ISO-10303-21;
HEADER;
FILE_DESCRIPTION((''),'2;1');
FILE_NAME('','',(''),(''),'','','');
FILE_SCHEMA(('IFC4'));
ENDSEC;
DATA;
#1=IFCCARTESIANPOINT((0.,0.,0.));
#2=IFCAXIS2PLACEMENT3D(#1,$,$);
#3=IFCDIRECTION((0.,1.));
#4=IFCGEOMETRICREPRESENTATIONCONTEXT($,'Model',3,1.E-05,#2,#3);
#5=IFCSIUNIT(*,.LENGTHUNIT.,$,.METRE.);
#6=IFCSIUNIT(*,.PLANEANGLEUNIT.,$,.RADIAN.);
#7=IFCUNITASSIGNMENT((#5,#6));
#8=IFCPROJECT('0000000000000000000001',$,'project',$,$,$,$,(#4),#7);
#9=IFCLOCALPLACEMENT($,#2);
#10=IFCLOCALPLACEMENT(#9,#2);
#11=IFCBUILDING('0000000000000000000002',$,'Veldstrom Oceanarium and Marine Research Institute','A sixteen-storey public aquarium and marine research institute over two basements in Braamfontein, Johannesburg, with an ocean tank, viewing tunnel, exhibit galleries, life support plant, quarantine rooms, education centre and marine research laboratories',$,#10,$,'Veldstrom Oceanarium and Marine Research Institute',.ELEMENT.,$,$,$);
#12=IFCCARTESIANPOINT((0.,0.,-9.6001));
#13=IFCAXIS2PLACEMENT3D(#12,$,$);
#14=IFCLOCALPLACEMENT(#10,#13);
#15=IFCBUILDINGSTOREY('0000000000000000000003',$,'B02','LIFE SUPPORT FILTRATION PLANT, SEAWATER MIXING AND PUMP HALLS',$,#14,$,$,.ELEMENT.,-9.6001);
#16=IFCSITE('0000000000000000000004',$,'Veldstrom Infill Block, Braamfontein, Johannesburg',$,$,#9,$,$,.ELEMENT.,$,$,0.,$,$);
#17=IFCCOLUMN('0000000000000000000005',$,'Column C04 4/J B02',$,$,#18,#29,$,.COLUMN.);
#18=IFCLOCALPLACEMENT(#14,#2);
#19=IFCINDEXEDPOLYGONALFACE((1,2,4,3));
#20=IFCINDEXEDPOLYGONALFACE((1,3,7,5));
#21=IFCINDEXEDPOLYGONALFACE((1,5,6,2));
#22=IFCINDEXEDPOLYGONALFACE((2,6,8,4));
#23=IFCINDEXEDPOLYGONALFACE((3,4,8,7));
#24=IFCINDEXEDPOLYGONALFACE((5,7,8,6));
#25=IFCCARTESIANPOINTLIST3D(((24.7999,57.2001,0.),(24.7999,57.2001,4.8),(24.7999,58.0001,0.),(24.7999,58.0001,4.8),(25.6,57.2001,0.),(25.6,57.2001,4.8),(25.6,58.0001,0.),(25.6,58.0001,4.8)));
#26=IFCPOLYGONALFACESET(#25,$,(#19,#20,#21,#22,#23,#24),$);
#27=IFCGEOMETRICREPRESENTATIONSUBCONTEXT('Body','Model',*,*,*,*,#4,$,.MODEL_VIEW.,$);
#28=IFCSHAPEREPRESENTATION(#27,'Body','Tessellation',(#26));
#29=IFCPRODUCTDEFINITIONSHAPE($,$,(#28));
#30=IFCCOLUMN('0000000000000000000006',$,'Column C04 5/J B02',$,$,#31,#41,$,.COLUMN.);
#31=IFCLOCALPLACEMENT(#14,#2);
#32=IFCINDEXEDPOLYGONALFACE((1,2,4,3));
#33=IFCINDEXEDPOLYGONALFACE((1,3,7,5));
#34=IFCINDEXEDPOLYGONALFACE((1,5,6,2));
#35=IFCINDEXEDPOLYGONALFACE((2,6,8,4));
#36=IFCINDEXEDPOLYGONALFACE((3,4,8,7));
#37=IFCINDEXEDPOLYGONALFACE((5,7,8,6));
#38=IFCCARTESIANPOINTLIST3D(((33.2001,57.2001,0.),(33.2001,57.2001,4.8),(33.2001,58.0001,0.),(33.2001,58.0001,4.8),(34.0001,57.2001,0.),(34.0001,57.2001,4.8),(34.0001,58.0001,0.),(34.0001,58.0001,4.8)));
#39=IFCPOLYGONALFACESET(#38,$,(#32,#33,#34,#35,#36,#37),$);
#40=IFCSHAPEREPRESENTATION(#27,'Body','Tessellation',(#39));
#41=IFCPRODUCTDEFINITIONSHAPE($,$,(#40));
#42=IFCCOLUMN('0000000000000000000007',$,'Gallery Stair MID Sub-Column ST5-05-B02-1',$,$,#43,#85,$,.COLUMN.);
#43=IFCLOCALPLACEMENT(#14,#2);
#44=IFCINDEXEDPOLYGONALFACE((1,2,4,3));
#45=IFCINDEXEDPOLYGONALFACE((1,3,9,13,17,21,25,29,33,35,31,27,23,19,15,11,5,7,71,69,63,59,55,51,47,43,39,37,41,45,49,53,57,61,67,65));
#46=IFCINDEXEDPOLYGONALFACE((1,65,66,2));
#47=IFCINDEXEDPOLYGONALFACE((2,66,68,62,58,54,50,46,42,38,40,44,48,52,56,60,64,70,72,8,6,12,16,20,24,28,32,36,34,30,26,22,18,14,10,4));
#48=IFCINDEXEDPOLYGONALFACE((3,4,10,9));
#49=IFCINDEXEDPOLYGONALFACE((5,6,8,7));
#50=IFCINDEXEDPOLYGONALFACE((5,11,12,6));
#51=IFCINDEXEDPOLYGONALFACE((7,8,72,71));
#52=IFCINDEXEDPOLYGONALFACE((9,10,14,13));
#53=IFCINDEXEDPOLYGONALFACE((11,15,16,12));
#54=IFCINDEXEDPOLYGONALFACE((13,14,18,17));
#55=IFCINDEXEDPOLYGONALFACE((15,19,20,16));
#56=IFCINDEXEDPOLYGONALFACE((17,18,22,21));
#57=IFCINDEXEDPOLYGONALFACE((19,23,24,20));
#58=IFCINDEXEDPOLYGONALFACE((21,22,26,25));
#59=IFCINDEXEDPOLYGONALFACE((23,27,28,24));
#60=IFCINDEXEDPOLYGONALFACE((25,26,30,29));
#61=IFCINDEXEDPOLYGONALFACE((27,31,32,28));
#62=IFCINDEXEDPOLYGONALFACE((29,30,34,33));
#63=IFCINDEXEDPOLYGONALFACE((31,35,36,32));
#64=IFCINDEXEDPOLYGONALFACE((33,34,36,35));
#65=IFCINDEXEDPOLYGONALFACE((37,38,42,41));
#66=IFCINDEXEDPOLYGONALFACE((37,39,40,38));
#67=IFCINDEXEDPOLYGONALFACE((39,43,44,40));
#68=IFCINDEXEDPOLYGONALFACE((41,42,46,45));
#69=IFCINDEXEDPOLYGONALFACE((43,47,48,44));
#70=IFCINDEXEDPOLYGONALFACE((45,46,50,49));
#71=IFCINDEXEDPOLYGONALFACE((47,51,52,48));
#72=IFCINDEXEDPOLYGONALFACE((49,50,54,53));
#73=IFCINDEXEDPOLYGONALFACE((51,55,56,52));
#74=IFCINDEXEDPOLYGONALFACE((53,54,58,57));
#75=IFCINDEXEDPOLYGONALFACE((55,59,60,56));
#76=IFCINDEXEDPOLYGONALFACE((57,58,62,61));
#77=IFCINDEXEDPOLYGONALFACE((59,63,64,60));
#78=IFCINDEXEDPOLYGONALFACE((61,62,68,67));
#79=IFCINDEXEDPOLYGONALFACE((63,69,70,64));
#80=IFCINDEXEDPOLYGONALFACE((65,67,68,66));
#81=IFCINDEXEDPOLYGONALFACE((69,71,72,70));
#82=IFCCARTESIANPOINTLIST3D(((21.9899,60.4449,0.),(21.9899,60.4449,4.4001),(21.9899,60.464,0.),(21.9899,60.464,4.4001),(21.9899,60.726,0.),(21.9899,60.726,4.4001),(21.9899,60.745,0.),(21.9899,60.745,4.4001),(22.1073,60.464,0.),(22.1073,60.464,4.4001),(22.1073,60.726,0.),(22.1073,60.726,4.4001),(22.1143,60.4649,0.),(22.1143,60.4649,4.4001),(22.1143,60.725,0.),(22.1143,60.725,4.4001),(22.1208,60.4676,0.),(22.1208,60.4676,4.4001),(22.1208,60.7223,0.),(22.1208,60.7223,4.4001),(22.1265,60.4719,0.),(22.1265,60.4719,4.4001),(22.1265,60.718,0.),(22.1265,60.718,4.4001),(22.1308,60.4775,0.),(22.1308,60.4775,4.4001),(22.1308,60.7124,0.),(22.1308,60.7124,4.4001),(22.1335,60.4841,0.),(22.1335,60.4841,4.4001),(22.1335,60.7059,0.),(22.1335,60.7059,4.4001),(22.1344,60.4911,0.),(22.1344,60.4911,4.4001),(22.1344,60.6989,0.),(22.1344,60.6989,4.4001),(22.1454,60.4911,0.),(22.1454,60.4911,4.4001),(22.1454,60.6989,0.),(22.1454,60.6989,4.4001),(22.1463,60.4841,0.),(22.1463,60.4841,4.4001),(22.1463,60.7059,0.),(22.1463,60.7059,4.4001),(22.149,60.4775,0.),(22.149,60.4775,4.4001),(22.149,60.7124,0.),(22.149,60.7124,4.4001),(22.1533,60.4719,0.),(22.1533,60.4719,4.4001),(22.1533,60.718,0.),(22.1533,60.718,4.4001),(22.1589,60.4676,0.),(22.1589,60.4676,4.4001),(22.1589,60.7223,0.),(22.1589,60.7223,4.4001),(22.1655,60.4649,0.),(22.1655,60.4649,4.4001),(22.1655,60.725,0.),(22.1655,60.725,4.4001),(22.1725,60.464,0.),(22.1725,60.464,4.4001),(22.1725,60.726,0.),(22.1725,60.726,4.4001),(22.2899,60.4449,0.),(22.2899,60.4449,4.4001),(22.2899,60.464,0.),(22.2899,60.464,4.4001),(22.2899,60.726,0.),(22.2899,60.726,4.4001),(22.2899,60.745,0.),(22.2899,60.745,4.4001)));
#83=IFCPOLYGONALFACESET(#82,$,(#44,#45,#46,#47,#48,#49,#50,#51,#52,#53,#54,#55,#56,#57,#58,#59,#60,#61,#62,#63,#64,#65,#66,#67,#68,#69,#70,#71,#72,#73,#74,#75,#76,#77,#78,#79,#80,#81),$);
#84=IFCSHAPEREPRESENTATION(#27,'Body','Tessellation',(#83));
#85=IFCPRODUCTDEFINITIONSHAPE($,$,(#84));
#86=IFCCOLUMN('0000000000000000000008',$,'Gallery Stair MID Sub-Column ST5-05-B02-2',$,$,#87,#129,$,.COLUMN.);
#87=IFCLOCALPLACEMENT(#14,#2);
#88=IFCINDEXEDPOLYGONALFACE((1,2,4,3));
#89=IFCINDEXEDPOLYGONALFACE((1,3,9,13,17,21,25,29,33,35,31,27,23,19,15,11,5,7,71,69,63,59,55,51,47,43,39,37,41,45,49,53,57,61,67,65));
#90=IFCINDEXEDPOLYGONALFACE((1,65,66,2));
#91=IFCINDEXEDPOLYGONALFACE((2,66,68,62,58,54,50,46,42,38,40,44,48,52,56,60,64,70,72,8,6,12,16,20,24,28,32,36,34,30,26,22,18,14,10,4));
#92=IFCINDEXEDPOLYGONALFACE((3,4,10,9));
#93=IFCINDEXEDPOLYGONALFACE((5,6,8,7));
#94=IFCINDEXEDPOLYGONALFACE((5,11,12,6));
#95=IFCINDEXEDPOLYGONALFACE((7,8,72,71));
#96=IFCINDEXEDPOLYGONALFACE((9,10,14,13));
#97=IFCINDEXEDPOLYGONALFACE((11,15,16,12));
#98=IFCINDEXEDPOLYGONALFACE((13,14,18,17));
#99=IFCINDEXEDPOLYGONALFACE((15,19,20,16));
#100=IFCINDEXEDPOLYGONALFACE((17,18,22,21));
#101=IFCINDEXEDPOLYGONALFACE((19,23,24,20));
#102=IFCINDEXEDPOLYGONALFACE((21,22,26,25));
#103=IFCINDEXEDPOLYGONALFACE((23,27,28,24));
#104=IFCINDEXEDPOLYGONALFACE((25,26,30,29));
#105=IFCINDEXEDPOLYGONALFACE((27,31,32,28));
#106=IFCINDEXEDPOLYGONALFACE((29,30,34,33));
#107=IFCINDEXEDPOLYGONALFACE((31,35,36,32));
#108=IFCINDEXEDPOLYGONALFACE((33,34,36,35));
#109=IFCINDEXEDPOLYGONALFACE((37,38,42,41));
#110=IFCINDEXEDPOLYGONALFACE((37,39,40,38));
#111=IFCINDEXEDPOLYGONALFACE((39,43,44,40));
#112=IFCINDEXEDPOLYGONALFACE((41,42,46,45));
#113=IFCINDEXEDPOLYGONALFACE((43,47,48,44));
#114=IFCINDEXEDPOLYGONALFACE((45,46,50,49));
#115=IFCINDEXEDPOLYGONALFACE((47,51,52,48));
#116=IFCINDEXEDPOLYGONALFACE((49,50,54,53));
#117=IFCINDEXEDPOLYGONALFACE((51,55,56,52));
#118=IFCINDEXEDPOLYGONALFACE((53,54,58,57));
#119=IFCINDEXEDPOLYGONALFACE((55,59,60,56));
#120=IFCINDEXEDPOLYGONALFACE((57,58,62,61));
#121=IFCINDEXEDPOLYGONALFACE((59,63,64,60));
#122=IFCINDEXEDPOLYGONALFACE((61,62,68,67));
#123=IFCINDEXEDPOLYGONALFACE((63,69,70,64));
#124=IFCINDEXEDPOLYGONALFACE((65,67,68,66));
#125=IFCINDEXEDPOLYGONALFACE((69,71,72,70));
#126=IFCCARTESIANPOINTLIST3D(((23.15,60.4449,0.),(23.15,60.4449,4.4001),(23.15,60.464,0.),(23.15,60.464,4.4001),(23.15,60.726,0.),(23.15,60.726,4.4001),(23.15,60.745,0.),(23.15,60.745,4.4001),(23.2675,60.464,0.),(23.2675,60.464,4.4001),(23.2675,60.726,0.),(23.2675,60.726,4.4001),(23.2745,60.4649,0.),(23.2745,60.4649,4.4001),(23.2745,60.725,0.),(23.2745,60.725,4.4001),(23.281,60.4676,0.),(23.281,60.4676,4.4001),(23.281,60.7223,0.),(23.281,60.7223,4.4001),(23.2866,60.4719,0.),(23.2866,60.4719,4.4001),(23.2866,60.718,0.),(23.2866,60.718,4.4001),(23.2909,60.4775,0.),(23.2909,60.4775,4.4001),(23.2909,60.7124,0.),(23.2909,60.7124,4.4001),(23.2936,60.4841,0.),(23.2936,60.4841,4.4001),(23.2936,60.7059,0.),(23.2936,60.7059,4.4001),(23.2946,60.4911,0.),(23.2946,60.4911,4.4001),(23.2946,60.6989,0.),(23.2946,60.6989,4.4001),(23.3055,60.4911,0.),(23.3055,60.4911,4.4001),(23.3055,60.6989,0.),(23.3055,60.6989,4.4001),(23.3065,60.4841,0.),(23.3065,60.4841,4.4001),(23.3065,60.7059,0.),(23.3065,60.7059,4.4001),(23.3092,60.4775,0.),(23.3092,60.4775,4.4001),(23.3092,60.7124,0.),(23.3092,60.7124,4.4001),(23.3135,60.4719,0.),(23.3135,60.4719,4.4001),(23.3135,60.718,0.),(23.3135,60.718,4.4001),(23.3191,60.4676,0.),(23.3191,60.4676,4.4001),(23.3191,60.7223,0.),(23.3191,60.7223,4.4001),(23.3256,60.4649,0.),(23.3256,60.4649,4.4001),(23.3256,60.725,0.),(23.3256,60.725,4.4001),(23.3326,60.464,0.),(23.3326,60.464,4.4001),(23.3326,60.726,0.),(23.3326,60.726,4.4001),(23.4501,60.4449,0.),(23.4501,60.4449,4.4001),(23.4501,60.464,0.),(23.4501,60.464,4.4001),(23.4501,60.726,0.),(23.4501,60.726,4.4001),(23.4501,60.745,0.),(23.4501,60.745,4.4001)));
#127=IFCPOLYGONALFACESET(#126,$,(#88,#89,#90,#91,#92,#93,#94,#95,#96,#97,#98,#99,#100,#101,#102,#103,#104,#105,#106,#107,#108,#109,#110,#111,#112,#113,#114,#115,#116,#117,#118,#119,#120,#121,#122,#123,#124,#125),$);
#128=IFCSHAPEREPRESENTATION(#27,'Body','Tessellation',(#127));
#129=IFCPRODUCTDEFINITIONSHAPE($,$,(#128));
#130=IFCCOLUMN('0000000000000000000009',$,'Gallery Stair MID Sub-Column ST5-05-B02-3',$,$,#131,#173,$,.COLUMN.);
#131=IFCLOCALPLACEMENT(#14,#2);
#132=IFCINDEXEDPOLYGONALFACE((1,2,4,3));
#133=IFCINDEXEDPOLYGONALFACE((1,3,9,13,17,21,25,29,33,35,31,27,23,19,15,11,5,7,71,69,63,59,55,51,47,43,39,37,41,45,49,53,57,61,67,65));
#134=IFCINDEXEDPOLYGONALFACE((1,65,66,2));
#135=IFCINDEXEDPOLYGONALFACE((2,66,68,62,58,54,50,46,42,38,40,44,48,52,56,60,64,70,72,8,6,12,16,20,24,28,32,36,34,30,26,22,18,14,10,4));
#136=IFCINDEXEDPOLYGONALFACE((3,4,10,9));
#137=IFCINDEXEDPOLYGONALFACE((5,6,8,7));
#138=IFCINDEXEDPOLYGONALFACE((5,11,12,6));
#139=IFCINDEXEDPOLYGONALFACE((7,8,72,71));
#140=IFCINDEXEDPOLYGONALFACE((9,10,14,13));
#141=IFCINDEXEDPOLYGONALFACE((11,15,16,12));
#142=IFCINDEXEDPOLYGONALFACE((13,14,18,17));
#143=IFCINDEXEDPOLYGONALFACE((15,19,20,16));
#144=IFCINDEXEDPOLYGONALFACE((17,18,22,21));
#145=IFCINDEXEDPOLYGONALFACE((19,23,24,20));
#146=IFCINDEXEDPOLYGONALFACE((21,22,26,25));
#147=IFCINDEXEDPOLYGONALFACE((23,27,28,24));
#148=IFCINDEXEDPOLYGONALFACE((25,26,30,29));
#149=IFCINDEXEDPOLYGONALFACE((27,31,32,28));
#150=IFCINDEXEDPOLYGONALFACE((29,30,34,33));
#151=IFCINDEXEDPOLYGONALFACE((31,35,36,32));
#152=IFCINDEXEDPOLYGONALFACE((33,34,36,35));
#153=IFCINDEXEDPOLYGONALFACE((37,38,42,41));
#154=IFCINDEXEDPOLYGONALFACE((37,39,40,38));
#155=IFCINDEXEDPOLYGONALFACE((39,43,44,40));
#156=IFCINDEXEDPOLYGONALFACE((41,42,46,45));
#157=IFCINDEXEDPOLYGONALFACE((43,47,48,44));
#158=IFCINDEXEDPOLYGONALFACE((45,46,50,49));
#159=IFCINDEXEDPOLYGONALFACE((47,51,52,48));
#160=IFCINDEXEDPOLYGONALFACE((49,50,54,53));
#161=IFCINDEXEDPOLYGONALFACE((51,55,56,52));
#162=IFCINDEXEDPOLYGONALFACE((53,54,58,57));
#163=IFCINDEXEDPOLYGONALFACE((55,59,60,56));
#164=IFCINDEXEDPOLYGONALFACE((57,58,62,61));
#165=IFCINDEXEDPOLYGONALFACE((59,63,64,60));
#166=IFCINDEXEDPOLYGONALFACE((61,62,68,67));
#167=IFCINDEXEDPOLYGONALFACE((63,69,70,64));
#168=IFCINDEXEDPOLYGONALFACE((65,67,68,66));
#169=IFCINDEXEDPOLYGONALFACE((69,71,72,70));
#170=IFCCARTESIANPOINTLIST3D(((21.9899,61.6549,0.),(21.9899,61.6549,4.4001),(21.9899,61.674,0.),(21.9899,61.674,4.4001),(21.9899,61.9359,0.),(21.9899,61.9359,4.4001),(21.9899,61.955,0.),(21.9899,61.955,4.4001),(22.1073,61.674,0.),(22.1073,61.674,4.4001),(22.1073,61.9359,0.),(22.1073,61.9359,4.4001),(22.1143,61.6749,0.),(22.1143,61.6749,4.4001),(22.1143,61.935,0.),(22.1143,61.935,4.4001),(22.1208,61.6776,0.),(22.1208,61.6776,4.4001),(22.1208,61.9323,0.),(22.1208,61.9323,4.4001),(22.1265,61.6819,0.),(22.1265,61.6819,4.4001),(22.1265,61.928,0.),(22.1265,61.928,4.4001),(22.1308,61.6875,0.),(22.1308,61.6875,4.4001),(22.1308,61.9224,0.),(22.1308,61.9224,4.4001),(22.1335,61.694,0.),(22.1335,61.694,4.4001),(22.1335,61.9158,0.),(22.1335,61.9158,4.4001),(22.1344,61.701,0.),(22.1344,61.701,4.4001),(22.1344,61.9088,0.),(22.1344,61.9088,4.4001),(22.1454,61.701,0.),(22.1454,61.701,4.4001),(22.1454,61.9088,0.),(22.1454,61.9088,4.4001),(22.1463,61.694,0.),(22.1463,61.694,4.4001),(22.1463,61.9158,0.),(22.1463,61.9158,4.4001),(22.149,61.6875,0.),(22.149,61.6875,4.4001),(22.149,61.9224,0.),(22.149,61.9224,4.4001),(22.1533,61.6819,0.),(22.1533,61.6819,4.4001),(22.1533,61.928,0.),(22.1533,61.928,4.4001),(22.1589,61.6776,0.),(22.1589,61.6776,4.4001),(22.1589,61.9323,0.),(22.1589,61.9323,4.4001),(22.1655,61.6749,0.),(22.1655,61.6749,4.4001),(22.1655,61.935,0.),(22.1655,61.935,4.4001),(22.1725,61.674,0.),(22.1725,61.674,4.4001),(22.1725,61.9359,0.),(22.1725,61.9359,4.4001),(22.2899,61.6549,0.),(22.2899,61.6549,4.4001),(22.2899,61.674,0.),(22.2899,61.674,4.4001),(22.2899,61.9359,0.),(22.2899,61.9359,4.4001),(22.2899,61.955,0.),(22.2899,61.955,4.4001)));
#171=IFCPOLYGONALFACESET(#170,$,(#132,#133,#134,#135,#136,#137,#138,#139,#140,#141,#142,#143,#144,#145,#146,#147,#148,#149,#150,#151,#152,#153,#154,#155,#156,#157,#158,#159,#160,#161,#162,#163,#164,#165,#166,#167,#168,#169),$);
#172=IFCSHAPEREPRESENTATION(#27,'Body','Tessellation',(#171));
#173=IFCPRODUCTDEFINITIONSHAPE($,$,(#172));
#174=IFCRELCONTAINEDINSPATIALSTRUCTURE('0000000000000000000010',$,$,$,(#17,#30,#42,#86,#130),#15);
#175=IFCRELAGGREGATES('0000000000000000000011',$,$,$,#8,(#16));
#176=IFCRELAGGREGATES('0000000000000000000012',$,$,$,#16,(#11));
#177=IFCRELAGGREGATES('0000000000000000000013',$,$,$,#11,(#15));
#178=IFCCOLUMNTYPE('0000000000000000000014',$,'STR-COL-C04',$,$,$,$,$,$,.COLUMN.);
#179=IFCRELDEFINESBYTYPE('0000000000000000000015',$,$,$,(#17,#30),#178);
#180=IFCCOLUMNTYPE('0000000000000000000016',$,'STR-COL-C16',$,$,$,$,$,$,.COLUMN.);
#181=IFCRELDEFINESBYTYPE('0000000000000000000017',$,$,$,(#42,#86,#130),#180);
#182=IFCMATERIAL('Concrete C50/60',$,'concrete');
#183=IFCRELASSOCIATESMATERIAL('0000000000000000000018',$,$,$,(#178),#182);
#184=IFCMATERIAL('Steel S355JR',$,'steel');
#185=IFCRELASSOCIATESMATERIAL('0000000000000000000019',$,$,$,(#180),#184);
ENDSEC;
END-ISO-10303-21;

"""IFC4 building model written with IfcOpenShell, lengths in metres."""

from ifc_helpers import new_model, si_unit, direction, frame, origin, origin_2d, place, context, subcontext, project, spatial, rectangle, i_section, extrude, material, material_profile, profile_set, type_object, element, save


model = new_model("IFC4")

# Units and contexts
model_context = context("Model", 3, precision=1e-05, world=origin(), true_north=direction((0.0, 1.0)))
body_context = subcontext(model_context, "Body", "Model", "MODEL_VIEW")
ifc_project = project(units=[si_unit("LENGTHUNIT", "METRE"), si_unit("PLANEANGLEUNIT", "RADIAN")], contexts=[model_context])

# Site, building, storey
site_placement = place(None, origin())
site = spatial("IfcSite", under=ifc_project, at=site_placement, Name="Veldstrom Infill Block, Braamfontein, Johannesburg", CompositionType="ELEMENT", RefElevation=0.0)
building_placement = place(site_placement, origin())
building = spatial("IfcBuilding", under=site, at=building_placement, Name="Veldstrom Oceanarium and Marine Research Institute", Description="A sixteen-storey public aquarium and marine research institute over two basements in Braamfontein, Johannesburg, with an ocean tank, viewing tunnel, exhibit galleries, life support plant, quarantine rooms, education centre and marine research laboratories", LongName="Veldstrom Oceanarium and Marine Research Institute", CompositionType="ELEMENT")
storey_placement = place(building_placement, frame((0.0, 0.0, -9.6001)))
storey = spatial("IfcBuildingStorey", under=building, at=storey_placement, Name="B02", Description="LIFE SUPPORT FILTRATION PLANT, SEAWATER MIXING AND PUMP HALLS", CompositionType="ELEMENT", Elevation=-9.6001)

# Columns
ifc_material_1 = material(Name="Concrete C50/60", Category="concrete")
ifc_material_profile_1 = material_profile(ifc_material_1, rectangle(XDim=0.8, YDim=0.8, at=origin_2d()), Name="RC-COL-800x800")
ifc_profile_set_1 = profile_set([ifc_material_profile_1], Name="Concrete C50/60")
column_type_1 = type_object("IfcColumnType", Name="STR-COL-C04", PredefinedType="COLUMN", material=ifc_profile_set_1)
for number, where, z_axis, x_axis, name in (
    (1, (25.2, 57.6001, 0.0), (0.0, 0.0, 1.0), (1.0, 0.0, 0.0), "Column C04 4/J B02"),
    (2, (33.6001, 57.6001, 0.0), (0.0, 0.0, 1.0), (1.0, 0.0, 0.0), "Column C04 5/J B02"),
):
    element("IfcColumn", number, at=place(storey_placement, frame(where, z_axis=z_axis, x_axis=x_axis)), inside=storey, type_object=column_type_1, Name=name, PredefinedType="COLUMN", context=body_context, shape_type="SweptSolid", body=[
        extrude(rectangle(XDim=0.8, YDim=0.8, at=origin_2d()), origin(), (0.0, 0.0, 1.0), 4.8),
    ])
ifc_material_2 = material(Name="Steel S355JR", Category="steel")
ifc_material_profile_2 = material_profile(ifc_material_2, i_section(OverallWidth=0.3, OverallDepth=0.3, WebThickness=0.011, FlangeThickness=0.019, FilletRadius=0.0271, at=origin_2d()), Name="HEB 300")
ifc_profile_set_2 = profile_set([ifc_material_profile_2], Name="Steel S355JR")
column_type_2 = type_object("IfcColumnType", Name="STR-COL-C16", PredefinedType="COLUMN", material=ifc_profile_set_2)
for number, where, z_axis, x_axis, name in (
    (3, (22.1399, 60.595, 0.0), (0.0, 0.0, 1.0), (1.0, 0.0, 0.0), "Gallery Stair MID Sub-Column ST5-05-B02-1"),
    (4, (23.3, 60.595, 0.0), (0.0, 0.0, 1.0), (1.0, 0.0, 0.0), "Gallery Stair MID Sub-Column ST5-05-B02-2"),
    (5, (22.1399, 61.8049, 0.0), (0.0, 0.0, 1.0), (1.0, 0.0, 0.0), "Gallery Stair MID Sub-Column ST5-05-B02-3"),
):
    element("IfcColumn", number, at=place(storey_placement, frame(where, z_axis=z_axis, x_axis=x_axis)), inside=storey, type_object=column_type_2, Name=name, PredefinedType="COLUMN", context=body_context, shape_type="SweptSolid", body=[
        extrude(i_section(OverallWidth=0.3, OverallDepth=0.3, WebThickness=0.011, FlangeThickness=0.019, FilletRadius=0.0271, at=origin_2d()), origin(), (0.0, 0.0, 1.0), 4.4001),
    ])

save(model, "model.ifc")
